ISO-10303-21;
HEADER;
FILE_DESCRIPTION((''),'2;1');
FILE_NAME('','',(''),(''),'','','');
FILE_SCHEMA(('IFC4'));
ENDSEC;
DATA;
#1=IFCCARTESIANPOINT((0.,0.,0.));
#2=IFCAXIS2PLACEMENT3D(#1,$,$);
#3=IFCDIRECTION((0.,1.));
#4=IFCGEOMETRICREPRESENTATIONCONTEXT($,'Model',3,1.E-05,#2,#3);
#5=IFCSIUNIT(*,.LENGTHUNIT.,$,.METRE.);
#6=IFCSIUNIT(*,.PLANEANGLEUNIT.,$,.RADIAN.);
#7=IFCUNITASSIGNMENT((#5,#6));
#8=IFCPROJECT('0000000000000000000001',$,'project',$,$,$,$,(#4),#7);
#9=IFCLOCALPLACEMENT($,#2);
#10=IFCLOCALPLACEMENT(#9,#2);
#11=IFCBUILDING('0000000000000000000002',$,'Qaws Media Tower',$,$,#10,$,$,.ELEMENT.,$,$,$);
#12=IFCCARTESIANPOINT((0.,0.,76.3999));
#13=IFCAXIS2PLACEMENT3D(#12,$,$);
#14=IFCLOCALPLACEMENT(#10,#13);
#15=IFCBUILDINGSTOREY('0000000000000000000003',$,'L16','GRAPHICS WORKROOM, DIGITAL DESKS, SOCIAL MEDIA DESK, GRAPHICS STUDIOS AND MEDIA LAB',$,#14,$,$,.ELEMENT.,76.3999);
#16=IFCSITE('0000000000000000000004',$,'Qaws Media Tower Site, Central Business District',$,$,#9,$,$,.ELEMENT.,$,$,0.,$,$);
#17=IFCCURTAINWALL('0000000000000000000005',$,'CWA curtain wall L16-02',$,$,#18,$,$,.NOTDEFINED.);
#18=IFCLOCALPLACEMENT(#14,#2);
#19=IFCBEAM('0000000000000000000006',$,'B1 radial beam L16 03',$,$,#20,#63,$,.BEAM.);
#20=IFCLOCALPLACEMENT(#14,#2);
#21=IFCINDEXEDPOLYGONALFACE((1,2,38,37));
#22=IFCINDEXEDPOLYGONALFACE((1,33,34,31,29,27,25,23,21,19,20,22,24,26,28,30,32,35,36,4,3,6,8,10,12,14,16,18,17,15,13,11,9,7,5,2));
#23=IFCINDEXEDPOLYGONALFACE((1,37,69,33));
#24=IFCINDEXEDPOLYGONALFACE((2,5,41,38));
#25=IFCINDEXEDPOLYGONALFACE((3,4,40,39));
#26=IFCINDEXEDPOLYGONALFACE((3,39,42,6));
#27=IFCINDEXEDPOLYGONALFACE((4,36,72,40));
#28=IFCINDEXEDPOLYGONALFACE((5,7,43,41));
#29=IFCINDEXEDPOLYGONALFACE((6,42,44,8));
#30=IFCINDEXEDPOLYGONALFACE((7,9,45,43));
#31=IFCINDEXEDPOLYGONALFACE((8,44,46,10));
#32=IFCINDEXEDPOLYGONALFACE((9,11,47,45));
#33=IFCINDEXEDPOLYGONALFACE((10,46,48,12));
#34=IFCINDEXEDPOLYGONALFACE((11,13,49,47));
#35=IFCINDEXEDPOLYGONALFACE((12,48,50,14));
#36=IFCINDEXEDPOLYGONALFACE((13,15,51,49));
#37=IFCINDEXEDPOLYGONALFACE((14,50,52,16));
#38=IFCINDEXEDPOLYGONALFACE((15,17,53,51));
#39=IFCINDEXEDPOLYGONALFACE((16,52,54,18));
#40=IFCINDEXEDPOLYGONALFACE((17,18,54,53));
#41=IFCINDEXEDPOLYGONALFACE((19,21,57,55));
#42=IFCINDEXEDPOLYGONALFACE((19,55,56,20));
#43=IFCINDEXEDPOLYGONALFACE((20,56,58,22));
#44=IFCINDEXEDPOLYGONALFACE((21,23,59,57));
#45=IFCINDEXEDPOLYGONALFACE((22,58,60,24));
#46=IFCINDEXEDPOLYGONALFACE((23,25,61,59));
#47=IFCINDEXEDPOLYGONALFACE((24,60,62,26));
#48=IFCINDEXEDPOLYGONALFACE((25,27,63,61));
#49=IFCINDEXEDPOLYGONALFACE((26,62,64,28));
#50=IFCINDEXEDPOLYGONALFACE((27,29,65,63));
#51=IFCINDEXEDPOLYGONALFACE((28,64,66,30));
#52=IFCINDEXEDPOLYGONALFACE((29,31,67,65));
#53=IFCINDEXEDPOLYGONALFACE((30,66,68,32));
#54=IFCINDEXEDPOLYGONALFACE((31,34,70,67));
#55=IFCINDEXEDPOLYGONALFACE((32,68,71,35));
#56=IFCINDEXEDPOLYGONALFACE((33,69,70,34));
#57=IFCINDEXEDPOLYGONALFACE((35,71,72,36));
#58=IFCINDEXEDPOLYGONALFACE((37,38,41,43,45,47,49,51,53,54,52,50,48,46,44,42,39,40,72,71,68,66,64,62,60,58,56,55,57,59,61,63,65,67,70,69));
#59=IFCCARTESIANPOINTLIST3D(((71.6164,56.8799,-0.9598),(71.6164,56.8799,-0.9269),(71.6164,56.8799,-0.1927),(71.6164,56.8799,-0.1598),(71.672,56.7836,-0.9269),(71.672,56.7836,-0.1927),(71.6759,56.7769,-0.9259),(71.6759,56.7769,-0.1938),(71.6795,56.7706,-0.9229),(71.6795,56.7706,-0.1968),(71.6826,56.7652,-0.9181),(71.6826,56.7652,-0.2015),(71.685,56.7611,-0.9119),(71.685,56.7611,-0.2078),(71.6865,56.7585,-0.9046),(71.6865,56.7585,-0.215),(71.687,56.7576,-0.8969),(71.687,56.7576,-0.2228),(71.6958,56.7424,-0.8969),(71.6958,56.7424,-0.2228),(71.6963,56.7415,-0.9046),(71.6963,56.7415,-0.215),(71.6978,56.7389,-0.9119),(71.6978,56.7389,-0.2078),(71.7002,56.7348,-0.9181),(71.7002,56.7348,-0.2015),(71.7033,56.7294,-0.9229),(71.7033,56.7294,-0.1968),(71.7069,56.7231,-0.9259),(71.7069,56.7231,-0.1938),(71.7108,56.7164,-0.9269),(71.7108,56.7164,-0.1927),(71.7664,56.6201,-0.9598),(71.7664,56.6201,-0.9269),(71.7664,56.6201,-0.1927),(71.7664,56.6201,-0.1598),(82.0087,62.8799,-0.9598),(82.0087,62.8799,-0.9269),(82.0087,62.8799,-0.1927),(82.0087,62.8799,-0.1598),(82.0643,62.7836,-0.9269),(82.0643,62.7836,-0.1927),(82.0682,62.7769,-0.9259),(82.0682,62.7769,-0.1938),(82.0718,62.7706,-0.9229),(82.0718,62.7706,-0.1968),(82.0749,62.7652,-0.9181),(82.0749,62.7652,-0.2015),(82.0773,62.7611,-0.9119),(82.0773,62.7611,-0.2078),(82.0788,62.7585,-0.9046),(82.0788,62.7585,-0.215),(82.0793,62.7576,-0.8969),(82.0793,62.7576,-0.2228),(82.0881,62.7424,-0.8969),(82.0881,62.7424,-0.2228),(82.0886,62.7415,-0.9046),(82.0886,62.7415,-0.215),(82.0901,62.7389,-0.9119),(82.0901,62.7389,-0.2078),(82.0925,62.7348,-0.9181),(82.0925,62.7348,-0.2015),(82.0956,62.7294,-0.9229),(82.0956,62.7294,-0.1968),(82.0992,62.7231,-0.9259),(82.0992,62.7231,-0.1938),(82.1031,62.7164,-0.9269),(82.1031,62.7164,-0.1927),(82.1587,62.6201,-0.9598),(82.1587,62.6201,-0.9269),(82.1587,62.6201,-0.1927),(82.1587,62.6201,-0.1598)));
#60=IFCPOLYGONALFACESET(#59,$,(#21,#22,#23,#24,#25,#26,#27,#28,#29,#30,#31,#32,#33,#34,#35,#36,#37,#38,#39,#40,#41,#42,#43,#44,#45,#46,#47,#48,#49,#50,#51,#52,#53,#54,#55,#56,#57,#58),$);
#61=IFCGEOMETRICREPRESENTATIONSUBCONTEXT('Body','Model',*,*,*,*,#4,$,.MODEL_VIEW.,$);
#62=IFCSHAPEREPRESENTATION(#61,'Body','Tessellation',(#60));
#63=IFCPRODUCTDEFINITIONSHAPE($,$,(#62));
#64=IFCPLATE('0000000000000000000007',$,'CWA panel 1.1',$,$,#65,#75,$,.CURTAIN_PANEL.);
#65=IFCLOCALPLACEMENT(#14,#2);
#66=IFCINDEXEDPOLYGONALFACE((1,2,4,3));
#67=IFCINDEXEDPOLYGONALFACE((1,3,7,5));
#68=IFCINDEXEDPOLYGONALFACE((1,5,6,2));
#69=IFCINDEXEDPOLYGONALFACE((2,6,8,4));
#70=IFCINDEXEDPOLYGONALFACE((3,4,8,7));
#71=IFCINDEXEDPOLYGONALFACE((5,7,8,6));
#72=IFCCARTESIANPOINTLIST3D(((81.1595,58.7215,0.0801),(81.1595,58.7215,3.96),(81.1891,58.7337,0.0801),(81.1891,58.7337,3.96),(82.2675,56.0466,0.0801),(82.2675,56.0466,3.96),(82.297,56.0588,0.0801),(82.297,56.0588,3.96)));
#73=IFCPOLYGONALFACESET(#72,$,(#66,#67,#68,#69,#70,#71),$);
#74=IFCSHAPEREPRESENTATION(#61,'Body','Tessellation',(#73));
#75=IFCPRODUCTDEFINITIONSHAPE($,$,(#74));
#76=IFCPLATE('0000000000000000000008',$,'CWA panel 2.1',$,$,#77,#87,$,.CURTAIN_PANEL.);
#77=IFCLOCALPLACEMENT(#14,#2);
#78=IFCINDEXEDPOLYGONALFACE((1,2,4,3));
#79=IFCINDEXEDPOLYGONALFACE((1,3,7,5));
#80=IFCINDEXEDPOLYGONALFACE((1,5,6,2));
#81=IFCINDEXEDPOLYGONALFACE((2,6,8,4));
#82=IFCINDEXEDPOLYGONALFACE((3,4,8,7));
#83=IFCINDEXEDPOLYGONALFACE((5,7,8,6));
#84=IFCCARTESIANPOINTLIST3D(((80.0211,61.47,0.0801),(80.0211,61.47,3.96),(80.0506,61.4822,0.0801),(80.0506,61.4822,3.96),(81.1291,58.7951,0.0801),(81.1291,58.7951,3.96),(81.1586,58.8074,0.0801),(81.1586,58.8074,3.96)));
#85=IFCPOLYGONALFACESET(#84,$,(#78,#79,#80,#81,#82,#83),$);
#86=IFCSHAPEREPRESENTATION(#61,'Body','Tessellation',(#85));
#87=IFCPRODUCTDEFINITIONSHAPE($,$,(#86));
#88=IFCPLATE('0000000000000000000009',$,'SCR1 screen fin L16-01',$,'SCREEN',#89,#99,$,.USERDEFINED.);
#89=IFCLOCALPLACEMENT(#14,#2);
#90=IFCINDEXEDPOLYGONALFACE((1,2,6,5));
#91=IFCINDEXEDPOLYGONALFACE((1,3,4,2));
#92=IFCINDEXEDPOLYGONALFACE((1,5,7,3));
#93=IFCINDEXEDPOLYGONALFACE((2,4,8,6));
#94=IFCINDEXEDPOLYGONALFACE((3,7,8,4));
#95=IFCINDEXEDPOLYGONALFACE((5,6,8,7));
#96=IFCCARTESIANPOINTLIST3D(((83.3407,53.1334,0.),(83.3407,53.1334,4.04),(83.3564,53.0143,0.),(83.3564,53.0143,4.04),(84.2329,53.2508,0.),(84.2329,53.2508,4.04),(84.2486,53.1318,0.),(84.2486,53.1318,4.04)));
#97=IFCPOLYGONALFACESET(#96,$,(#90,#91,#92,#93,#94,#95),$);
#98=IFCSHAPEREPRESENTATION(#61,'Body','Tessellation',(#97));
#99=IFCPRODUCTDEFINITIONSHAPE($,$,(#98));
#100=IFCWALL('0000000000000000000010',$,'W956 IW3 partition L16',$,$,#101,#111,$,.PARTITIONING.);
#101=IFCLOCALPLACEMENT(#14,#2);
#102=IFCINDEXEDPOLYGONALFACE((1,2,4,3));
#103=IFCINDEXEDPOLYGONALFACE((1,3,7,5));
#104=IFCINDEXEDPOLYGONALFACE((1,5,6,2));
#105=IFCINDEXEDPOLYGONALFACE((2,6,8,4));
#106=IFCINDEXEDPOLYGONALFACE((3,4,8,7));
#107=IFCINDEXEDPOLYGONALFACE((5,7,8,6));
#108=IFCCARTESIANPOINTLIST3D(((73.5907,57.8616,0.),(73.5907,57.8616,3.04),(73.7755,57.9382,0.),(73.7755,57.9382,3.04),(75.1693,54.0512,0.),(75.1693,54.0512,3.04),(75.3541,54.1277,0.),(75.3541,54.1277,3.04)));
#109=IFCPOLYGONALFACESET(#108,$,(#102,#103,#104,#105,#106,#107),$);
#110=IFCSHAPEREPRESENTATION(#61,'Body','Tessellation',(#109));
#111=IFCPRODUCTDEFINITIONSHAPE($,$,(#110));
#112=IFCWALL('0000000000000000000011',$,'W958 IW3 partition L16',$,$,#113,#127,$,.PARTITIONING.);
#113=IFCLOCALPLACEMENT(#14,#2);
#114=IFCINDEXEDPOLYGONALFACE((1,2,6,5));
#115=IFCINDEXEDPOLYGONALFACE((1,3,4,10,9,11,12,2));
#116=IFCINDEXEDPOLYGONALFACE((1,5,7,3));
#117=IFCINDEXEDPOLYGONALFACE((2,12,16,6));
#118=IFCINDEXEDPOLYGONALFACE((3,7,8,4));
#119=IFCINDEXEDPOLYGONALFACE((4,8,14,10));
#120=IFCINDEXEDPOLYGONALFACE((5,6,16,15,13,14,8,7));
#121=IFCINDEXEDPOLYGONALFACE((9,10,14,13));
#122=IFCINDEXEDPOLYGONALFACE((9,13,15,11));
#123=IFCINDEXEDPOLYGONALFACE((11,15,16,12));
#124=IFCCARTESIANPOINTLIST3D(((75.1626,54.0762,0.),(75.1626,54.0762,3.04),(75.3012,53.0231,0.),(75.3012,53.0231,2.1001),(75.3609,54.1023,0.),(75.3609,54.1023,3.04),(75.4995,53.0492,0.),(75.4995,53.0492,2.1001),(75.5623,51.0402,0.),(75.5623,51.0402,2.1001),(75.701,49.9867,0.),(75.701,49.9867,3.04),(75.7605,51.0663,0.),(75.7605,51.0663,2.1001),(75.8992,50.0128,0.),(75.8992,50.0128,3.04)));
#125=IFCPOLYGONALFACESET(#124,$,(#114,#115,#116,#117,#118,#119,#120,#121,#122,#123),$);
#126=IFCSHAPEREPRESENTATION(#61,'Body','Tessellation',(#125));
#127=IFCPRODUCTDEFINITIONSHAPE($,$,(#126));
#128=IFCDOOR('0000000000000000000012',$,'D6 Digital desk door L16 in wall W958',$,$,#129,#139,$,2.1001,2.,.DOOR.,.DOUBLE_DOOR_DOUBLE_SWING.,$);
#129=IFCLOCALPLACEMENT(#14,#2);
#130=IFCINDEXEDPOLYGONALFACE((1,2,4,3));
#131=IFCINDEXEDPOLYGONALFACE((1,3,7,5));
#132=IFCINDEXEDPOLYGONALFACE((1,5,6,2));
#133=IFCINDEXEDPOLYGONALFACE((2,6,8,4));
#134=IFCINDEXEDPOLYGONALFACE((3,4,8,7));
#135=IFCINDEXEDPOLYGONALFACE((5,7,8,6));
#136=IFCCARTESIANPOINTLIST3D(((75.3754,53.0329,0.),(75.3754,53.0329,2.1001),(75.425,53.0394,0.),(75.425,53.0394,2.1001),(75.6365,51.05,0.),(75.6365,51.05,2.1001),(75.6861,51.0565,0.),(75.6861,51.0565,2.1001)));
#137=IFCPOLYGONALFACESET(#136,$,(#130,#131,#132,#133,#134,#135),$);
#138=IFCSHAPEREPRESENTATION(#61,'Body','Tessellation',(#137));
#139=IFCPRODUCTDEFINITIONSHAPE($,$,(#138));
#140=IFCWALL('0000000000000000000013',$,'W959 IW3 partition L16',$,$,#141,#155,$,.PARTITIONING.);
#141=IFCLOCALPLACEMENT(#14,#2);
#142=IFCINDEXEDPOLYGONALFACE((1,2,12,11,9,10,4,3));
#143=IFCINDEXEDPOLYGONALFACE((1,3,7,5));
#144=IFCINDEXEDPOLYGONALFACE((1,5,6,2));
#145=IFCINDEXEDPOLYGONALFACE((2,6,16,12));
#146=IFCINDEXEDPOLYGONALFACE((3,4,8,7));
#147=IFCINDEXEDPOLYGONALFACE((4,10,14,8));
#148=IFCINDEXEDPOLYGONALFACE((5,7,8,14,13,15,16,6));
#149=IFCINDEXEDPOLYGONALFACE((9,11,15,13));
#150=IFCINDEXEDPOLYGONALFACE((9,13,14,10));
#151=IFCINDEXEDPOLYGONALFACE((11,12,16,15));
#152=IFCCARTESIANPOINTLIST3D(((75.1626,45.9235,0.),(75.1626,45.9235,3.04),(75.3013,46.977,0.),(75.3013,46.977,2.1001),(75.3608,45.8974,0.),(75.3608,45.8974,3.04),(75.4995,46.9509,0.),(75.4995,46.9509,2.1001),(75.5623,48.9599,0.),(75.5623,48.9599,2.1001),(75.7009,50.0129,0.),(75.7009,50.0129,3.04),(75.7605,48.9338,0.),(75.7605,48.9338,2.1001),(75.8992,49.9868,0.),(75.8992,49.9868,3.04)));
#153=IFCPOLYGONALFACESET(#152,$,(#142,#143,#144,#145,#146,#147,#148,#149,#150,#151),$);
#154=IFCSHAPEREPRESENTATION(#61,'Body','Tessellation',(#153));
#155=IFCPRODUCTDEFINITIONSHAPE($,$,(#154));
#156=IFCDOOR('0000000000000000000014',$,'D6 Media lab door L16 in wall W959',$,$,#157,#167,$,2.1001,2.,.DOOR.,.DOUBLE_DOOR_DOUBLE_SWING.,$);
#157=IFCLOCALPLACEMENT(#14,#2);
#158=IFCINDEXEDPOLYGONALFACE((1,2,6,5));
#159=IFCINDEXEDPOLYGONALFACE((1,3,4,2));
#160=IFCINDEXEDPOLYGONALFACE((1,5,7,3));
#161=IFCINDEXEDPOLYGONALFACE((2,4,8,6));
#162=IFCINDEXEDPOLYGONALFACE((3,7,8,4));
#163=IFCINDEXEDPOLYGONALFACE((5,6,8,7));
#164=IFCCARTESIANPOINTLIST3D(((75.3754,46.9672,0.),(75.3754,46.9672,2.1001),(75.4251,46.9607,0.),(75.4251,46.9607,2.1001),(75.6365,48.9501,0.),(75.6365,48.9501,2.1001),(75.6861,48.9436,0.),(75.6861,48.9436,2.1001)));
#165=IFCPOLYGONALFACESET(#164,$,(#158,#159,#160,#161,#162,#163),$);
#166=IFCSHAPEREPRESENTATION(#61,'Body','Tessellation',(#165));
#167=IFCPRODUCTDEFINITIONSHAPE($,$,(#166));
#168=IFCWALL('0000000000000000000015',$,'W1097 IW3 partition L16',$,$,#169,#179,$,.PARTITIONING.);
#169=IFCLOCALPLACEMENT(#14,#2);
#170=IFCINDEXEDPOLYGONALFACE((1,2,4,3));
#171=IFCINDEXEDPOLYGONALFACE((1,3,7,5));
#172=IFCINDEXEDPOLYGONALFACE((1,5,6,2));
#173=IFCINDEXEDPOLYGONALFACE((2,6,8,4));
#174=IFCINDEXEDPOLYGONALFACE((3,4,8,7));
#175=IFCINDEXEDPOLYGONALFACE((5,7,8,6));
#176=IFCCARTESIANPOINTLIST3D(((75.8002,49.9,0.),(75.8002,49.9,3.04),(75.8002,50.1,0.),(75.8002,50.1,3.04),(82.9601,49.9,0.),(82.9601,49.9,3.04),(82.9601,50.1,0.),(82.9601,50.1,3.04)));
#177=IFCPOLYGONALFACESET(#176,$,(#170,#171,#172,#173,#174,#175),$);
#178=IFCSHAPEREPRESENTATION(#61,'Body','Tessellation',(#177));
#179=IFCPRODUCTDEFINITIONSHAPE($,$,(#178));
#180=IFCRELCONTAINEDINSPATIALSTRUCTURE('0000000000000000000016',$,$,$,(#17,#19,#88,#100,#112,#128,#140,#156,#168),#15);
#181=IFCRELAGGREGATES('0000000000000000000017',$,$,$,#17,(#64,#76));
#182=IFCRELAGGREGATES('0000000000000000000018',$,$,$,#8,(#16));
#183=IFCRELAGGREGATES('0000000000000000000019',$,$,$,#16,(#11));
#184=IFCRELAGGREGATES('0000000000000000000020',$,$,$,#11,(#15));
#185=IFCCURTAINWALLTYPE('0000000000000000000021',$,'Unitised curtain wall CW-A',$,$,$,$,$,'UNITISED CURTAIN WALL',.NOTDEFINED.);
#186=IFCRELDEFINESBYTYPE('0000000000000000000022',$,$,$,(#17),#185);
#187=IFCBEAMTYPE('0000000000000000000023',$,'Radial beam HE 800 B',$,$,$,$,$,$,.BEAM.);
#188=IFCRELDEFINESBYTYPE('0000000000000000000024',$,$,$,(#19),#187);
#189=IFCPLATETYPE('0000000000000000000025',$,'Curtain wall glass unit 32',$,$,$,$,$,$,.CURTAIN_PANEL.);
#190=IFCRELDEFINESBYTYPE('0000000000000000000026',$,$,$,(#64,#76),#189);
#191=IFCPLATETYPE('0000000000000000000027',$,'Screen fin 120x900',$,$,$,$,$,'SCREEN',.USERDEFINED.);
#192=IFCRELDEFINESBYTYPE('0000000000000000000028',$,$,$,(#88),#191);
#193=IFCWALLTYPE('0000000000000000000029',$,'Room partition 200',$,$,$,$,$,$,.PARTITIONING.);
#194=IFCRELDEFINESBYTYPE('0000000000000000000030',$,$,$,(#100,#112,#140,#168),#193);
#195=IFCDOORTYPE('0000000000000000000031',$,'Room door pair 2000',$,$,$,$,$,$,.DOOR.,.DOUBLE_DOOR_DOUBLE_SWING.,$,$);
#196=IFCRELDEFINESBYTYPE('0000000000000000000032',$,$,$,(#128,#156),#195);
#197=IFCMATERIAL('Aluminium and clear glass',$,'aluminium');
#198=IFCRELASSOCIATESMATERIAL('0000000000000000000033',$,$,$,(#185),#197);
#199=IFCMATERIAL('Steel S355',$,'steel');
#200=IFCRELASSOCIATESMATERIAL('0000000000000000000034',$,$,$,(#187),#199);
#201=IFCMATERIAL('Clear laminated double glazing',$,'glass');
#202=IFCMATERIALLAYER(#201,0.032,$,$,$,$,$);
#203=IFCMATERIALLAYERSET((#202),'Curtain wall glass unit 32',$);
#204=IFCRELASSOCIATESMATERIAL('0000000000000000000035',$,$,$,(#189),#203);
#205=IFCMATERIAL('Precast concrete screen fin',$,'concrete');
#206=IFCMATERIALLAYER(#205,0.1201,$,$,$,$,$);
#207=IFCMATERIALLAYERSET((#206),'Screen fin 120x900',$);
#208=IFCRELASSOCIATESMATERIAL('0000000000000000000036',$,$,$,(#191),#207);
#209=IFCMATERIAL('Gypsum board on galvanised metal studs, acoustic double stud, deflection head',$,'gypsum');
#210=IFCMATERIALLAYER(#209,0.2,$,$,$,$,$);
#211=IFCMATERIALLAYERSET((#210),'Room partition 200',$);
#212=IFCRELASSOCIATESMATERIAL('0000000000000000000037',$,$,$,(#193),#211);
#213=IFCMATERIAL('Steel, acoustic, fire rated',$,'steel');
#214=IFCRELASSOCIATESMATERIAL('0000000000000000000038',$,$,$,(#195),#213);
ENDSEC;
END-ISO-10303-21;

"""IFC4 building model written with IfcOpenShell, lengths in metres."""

from ifc_helpers import new_model, si_unit, direction, frame, frame_2d, origin, origin_2d, place, context, subcontext, project, spatial, rectangle, i_section, extrude, material, layer, layer_set, material_profile, profile_set, type_object, element, fill, aggregate, save


model = new_model("IFC4")

# Units and contexts
model_context = context("Model", 3, precision=1e-05, world=origin(), true_north=direction((0.0, 1.0)))
body_context = subcontext(model_context, "Body", "Model", "MODEL_VIEW")
ifc_project = project(units=[si_unit("LENGTHUNIT", "METRE"), si_unit("PLANEANGLEUNIT", "RADIAN")], contexts=[model_context])

# Site, building, storey
site_placement = place(None, origin())
site = spatial("IfcSite", under=ifc_project, at=site_placement, Name="Qaws Media Tower Site, Central Business District", CompositionType="ELEMENT", RefElevation=0.0)
building_placement = place(site_placement, origin())
building = spatial("IfcBuilding", under=site, at=building_placement, Name="Qaws Media Tower", CompositionType="ELEMENT")
storey_placement = place(building_placement, frame((0.0, 0.0, 76.3999)))
storey = spatial("IfcBuildingStorey", under=building, at=storey_placement, Name="L16", Description="GRAPHICS WORKROOM, DIGITAL DESKS, SOCIAL MEDIA DESK, GRAPHICS STUDIOS AND MEDIA LAB", CompositionType="ELEMENT", Elevation=76.3999)

# Curtain wall
ifc_material_1 = material(Name="Aluminium and clear glass", Category="aluminium")
curtain_wall_type = type_object("IfcCurtainWallType", Name="Unitised curtain wall CW-A", ElementType="UNITISED CURTAIN WALL", PredefinedType="NOTDEFINED", material=ifc_material_1)
curtain_wall_1_placement = place(storey_placement, origin())
curtain_wall_1 = element("IfcCurtainWall", 1, at=curtain_wall_1_placement, inside=storey, type_object=curtain_wall_type, Name="CWA curtain wall L16-02", PredefinedType="NOTDEFINED")

# Beam
ifc_material_2 = material(Name="Steel S355", Category="steel")
ifc_material_profile_1 = material_profile(ifc_material_2, i_section(OverallWidth=0.3, OverallDepth=0.8, WebThickness=0.0176, FlangeThickness=0.033, FilletRadius=0.03, at=origin_2d()), Name="HE 800 B")
ifc_profile_set_1 = profile_set([ifc_material_profile_1], Name="Steel S355")
beam_type_1 = type_object("IfcBeamType", Name="Radial beam HE 800 B", PredefinedType="BEAM", material=ifc_profile_set_1)
beam_1_placement = place(storey_placement, frame((71.6914, 56.75, -0.5598), z_axis=(0.866026, 0.499999, 0.0), x_axis=(-0.499999, 0.866026, 0.0)))
element("IfcBeam", 2, at=beam_1_placement, inside=storey, type_object=beam_type_1, Name="B1 radial beam L16 03", PredefinedType="BEAM", context=body_context, shape_type="SweptSolid", body=[
    extrude(i_section(OverallWidth=0.3, OverallDepth=0.8, WebThickness=0.0176, FlangeThickness=0.033, FilletRadius=0.03, at=origin_2d()), origin(), (0.0, 0.0, 1.0), 12.0),
])

# Plates
ifc_material_3 = material(Name="Clear laminated double glazing", Category="glass")
ifc_layer_1 = layer(ifc_material_3, 0.032)
ifc_layer_set_1 = layer_set([ifc_layer_1], Name="Curtain wall glass unit 32")
plate_type_1 = type_object("IfcPlateType", Name="Curtain wall glass unit 32", PredefinedType="CURTAIN_PANEL", material=ifc_layer_set_1)
plate_1_placement = place(storey_placement, frame((81.7283, 57.3901, 0.0801), z_axis=(0.0, 0.0, 1.0), x_axis=(-0.382683, 0.92388, 0.0)))
plate_1 = element("IfcPlate", 3, at=plate_1_placement, type_object=plate_type_1, Name="CWA panel 1.1", PredefinedType="CURTAIN_PANEL", context=body_context, shape_type="SweptSolid", body=[
    extrude(rectangle(XDim=2.8953, YDim=0.032, at=origin_2d()), origin(), (0.0, 0.0, 1.0), 3.8799),
])
plate_2_placement = place(storey_placement, frame((80.5898, 60.1387, 0.0801), z_axis=(0.0, 0.0, 1.0), x_axis=(-0.382683, 0.92388, 0.0)))
plate_2 = element("IfcPlate", 4, at=plate_2_placement, type_object=plate_type_1, Name="CWA panel 2.1", PredefinedType="CURTAIN_PANEL", context=body_context, shape_type="SweptSolid", body=[
    extrude(rectangle(XDim=2.8953, YDim=0.032, at=origin_2d()), origin(), (0.0, 0.0, 1.0), 3.8799),
])
aggregate(curtain_wall_1, [plate_1, plate_2])
ifc_material_4 = material(Name="Precast concrete screen fin", Category="concrete")
ifc_layer_2 = layer(ifc_material_4, 0.1201)
ifc_layer_set_2 = layer_set([ifc_layer_2], Name="Screen fin 120x900")
plate_type_2 = type_object("IfcPlateType", Name="Screen fin 120x900", ElementType="SCREEN", PredefinedType="USERDEFINED", material=ifc_layer_set_2)
plate_3_placement = place(storey_placement, frame((83.7947, 53.1326, 0.0), z_axis=(0.0, 0.0, 1.0), x_axis=(0.991445, 0.130526, 0.0)))
element("IfcPlate", 5, at=plate_3_placement, inside=storey, type_object=plate_type_2, Name="SCR1 screen fin L16-01", ObjectType="SCREEN", PredefinedType="USERDEFINED", context=body_context, shape_type="SweptSolid", body=[
    extrude(rectangle(XDim=0.8999, YDim=0.1201, at=origin_2d()), origin(), (0.0, 0.0, 1.0), 4.04),
])

# Wall
ifc_material_5 = material(Name="Gypsum board on galvanised metal studs, acoustic double stud, deflection head", Category="gypsum")
ifc_layer_3 = layer(ifc_material_5, 0.2)
ifc_layer_set_3 = layer_set([ifc_layer_3], Name="Room partition 200")
wall_type_1 = type_object("IfcWallType", Name="Room partition 200", PredefinedType="PARTITIONING", material=ifc_layer_set_3)
wall_1_placement = place(storey_placement, frame((73.6831, 57.8999, 0.0), z_axis=(0.0, 0.0, 1.0), x_axis=(0.382732, -0.92386, 0.0)))
element("IfcWall", 6, at=wall_1_placement, inside=storey, type_object=wall_type_1, Name="W956 IW3 partition L16", PredefinedType="PARTITIONING", context=body_context, shape_type="SweptSolid", body=[
    extrude(rectangle(XDim=4.1245, YDim=0.2, at=frame_2d((2.0623, 0.0))), origin(), (0.0, 0.0, 1.0), 3.04),
])

# Walls, openings, doors
wall_2_placement = place(storey_placement, frame((75.2617, 54.0894, 0.0), z_axis=(0.0, 0.0, 1.0), x_axis=(0.130516, -0.991446, 0.0)))
wall_2 = element("IfcWall", 7, at=wall_2_placement, inside=storey, type_object=wall_type_1, Name="W958 IW3 partition L16", PredefinedType="PARTITIONING", context=body_context, shape_type="SweptSolid", body=[
    extrude(rectangle(XDim=4.1248, YDim=0.2, at=frame_2d((2.0625, 0.0))), origin(), (0.0, 0.0, 1.0), 3.04),
])
opening_1_placement = place(wall_2_placement, frame((1.0623, 0.0, 0.0)))
opening_1 = element("IfcOpeningElement", 8, at=opening_1_placement, cuts=wall_2, PredefinedType="OPENING", context=body_context, shape_type="SweptSolid", body=[
    extrude(rectangle(XDim=2.0, YDim=2.1001, at=frame_2d((1.0, 1.05))), frame((0.0, 0.1099, 0.0), z_axis=(0.0, -1.0, 0.0), x_axis=(1.0, 0.0, 0.0)), (0.0, 0.0, 1.0), 0.22),
])
ifc_material_6 = material(Name="Steel, acoustic, fire rated", Category="steel")
door_type_1 = type_object("IfcDoorType", Name="Room door pair 2000", OperationType="DOUBLE_DOOR_DOUBLE_SWING", PredefinedType="DOOR", material=ifc_material_6)
door_1_placement = place(opening_1_placement, origin())
door_1 = element("IfcDoor", 9, at=door_1_placement, inside=storey, type_object=door_type_1, Name="D6 Digital desk door L16 in wall W958", OperationType="DOUBLE_DOOR_DOUBLE_SWING", OverallHeight=2.1001, OverallWidth=2.0, PredefinedType="DOOR", context=body_context, shape_type="SweptSolid", body=[
    extrude(rectangle(XDim=2.0, YDim=2.1001, at=frame_2d((1.0, 1.05))), frame((0.0, 0.0249, 0.0), z_axis=(0.0, -1.0, 0.0), x_axis=(1.0, 0.0, 0.0)), (0.0, 0.0, 1.0), 0.05),
])
fill(opening_1, door_1)
wall_3_placement = place(storey_placement, frame((75.8, 50.0, 0.0), z_axis=(0.0, 0.0, 1.0), x_axis=(-0.130516, -0.991446, 0.0)))
wall_3 = element("IfcWall", 10, at=wall_3_placement, inside=storey, type_object=wall_type_1, Name="W959 IW3 partition L16", PredefinedType="PARTITIONING", context=body_context, shape_type="SweptSolid", body=[
    extrude(rectangle(XDim=4.1248, YDim=0.2, at=frame_2d((2.0625, 0.0))), origin(), (0.0, 0.0, 1.0), 3.04),
])
opening_2_placement = place(wall_3_placement, frame((1.0623, 0.0, 0.0)))
opening_2 = element("IfcOpeningElement", 11, at=opening_2_placement, cuts=wall_3, PredefinedType="OPENING", context=body_context, shape_type="SweptSolid", body=[
    extrude(rectangle(XDim=2.0, YDim=2.1001, at=frame_2d((1.0, 1.05))), frame((0.0, 0.1099, 0.0), z_axis=(0.0, -1.0, 0.0), x_axis=(1.0, 0.0, 0.0)), (0.0, 0.0, 1.0), 0.22),
])
door_2_placement = place(opening_2_placement, origin())
door_2 = element("IfcDoor", 12, at=door_2_placement, inside=storey, type_object=door_type_1, Name="D6 Media lab door L16 in wall W959", OperationType="DOUBLE_DOOR_DOUBLE_SWING", OverallHeight=2.1001, OverallWidth=2.0, PredefinedType="DOOR", context=body_context, shape_type="SweptSolid", body=[
    extrude(rectangle(XDim=2.0, YDim=2.1001, at=frame_2d((1.0, 1.05))), frame((0.0, 0.0249, 0.0), z_axis=(0.0, -1.0, 0.0), x_axis=(1.0, 0.0, 0.0)), (0.0, 0.0, 1.0), 0.05),
])
fill(opening_2, door_2)

# Wall
wall_4_placement = place(storey_placement, frame((75.8, 50.0, 0.0), z_axis=(0.0, 0.0, 1.0), x_axis=(1.0, 0.0, 0.0)))
element("IfcWall", 13, at=wall_4_placement, inside=storey, type_object=wall_type_1, Name="W1097 IW3 partition L16", PredefinedType="PARTITIONING", context=body_context, shape_type="SweptSolid", body=[
    extrude(rectangle(XDim=7.1599, YDim=0.2, at=frame_2d((3.5801, 0.0))), origin(), (0.0, 0.0, 1.0), 3.04),
])

save(model, "model.ifc")
